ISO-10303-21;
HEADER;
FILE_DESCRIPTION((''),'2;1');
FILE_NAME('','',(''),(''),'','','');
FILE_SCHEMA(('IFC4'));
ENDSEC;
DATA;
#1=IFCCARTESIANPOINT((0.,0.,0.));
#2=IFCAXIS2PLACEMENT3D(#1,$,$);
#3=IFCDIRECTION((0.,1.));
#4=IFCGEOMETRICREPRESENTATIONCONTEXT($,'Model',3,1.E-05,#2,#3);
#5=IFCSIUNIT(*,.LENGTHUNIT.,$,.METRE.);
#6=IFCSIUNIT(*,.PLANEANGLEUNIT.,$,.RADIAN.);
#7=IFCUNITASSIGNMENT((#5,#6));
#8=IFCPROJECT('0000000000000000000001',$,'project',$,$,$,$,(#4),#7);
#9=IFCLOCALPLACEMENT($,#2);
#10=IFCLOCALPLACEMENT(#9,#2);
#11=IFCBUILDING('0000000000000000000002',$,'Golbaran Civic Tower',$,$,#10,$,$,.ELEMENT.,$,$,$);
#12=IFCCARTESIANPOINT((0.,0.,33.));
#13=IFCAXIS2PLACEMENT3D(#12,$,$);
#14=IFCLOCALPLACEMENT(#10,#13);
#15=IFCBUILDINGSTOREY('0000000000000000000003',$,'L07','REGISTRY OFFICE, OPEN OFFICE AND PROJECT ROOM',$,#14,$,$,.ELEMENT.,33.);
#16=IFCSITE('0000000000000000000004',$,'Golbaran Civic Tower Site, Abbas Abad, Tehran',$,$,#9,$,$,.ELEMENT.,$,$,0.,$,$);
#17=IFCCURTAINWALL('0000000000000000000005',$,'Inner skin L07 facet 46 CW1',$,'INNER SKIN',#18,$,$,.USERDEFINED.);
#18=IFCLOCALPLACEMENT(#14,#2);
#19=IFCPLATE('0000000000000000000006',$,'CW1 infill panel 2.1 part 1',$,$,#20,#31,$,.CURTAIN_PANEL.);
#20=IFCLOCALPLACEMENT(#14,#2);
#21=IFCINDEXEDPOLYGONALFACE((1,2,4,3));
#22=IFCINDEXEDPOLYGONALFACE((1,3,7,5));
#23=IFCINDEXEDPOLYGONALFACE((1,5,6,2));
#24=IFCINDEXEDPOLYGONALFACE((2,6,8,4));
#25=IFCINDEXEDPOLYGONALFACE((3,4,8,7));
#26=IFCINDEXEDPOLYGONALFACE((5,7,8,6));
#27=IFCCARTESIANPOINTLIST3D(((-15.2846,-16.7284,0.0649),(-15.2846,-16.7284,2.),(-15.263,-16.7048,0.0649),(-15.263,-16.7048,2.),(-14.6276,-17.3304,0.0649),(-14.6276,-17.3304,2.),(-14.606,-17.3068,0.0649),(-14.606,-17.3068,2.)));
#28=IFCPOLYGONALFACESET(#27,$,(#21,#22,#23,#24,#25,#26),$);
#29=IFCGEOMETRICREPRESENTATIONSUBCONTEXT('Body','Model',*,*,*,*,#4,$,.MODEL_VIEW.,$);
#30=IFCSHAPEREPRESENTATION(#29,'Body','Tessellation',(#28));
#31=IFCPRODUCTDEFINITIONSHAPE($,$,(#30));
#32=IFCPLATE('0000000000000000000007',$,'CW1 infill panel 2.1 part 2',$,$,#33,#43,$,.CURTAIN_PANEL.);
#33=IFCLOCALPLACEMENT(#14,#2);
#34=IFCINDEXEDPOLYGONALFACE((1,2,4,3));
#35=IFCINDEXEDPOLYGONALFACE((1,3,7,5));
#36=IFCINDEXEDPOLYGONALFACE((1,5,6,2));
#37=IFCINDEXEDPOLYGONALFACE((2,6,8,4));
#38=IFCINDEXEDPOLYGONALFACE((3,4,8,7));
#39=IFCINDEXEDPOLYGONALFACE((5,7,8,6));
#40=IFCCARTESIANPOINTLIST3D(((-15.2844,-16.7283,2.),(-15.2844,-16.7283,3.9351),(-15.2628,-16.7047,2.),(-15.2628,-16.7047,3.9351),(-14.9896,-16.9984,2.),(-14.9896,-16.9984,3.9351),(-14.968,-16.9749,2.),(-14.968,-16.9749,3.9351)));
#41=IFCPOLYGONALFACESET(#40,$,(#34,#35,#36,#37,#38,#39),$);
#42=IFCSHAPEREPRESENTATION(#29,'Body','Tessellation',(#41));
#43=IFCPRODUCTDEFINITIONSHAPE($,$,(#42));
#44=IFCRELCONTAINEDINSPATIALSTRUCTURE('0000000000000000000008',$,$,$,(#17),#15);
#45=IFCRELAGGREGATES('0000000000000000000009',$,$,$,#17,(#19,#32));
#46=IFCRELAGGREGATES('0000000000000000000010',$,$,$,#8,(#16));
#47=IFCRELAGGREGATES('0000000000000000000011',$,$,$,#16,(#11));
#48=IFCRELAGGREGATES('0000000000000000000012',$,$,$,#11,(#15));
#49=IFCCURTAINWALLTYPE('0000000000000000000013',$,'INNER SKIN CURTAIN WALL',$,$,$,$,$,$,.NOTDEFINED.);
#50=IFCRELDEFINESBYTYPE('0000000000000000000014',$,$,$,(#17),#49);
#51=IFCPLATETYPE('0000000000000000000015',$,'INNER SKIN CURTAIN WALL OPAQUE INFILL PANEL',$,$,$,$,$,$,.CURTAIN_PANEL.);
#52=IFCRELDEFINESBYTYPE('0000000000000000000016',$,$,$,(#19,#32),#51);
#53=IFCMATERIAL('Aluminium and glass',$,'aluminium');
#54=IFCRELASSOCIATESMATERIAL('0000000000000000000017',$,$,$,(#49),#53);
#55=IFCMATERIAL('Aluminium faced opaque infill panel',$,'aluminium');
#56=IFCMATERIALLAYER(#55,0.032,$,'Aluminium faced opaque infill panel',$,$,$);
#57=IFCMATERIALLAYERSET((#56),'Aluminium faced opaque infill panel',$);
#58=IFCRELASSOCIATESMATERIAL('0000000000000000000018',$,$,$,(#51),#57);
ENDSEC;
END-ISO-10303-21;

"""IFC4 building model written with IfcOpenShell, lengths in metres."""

from ifc_helpers import new_model, si_unit, direction, frame, origin, origin_2d, place, context, subcontext, project, spatial, rectangle, extrude, material, layer, layer_set, type_object, element, aggregate, save


model = new_model("IFC4")

# Units and contexts
model_context = context("Model", 3, precision=1e-05, world=origin(), true_north=direction((0.0, 1.0)))
body_context = subcontext(model_context, "Body", "Model", "MODEL_VIEW")
ifc_project = project(units=[si_unit("LENGTHUNIT", "METRE"), si_unit("PLANEANGLEUNIT", "RADIAN")], contexts=[model_context])

# Site, building, storey
site_placement = place(None, origin())
site = spatial("IfcSite", under=ifc_project, at=site_placement, Name="Golbaran Civic Tower Site, Abbas Abad, Tehran", CompositionType="ELEMENT", RefElevation=0.0)
building_placement = place(site_placement, origin())
building = spatial("IfcBuilding", under=site, at=building_placement, Name="Golbaran Civic Tower", CompositionType="ELEMENT")
storey_placement = place(building_placement, frame((0.0, 0.0, 33.0)))
storey = spatial("IfcBuildingStorey", under=building, at=storey_placement, Name="L07", Description="REGISTRY OFFICE, OPEN OFFICE AND PROJECT ROOM", CompositionType="ELEMENT", Elevation=33.0)

# Curtain wall
ifc_material_1 = material(Name="Aluminium and glass", Category="aluminium")
curtain_wall_type = type_object("IfcCurtainWallType", Name="INNER SKIN CURTAIN WALL", PredefinedType="NOTDEFINED", material=ifc_material_1)
curtain_wall_1_placement = place(storey_placement, origin())
curtain_wall_1 = element("IfcCurtainWall", 1, at=curtain_wall_1_placement, inside=storey, type_object=curtain_wall_type, Name="Inner skin L07 facet 46 CW1", ObjectType="INNER SKIN", PredefinedType="USERDEFINED")

# Plates
ifc_material_2 = material(Name="Aluminium faced opaque infill panel", Category="aluminium")
ifc_layer_1 = layer(ifc_material_2, 0.032, Name="Aluminium faced opaque infill panel")
ifc_layer_set_1 = layer_set([ifc_layer_1], Name="Aluminium faced opaque infill panel")
plate_type_1 = type_object("IfcPlateType", Name="INNER SKIN CURTAIN WALL OPAQUE INFILL PANEL", PredefinedType="CURTAIN_PANEL", material=ifc_layer_set_1)
plate_1_placement = place(storey_placement, frame((-14.9453, -17.0176, 0.0649), z_axis=(0.0, 0.0, 1.0), x_axis=(0.737277, -0.67559, 0.0)))
plate_1 = element("IfcPlate", 2, at=plate_1_placement, type_object=plate_type_1, Name="CW1 infill panel 2.1 part 1", PredefinedType="CURTAIN_PANEL", context=body_context, shape_type="SweptSolid", body=[
    extrude(rectangle(XDim=0.8911, YDim=0.032, at=origin_2d()), origin(), (0.0, 0.0, 1.0), 1.9351),
])
plate_2_placement = place(storey_placement, frame((-15.1262, -16.8516, 2.0), z_axis=(0.0, 0.0, 1.0), x_axis=(0.737277, -0.67559, 0.0)))
plate_2 = element("IfcPlate", 3, at=plate_2_placement, type_object=plate_type_1, Name="CW1 infill panel 2.1 part 2", PredefinedType="CURTAIN_PANEL", context=body_context, shape_type="SweptSolid", body=[
    extrude(rectangle(XDim=0.3999, YDim=0.032, at=origin_2d()), origin(), (0.0, 0.0, 1.0), 1.9351),
])
aggregate(curtain_wall_1, [plate_1, plate_2])

save(model, "model.ifc")
